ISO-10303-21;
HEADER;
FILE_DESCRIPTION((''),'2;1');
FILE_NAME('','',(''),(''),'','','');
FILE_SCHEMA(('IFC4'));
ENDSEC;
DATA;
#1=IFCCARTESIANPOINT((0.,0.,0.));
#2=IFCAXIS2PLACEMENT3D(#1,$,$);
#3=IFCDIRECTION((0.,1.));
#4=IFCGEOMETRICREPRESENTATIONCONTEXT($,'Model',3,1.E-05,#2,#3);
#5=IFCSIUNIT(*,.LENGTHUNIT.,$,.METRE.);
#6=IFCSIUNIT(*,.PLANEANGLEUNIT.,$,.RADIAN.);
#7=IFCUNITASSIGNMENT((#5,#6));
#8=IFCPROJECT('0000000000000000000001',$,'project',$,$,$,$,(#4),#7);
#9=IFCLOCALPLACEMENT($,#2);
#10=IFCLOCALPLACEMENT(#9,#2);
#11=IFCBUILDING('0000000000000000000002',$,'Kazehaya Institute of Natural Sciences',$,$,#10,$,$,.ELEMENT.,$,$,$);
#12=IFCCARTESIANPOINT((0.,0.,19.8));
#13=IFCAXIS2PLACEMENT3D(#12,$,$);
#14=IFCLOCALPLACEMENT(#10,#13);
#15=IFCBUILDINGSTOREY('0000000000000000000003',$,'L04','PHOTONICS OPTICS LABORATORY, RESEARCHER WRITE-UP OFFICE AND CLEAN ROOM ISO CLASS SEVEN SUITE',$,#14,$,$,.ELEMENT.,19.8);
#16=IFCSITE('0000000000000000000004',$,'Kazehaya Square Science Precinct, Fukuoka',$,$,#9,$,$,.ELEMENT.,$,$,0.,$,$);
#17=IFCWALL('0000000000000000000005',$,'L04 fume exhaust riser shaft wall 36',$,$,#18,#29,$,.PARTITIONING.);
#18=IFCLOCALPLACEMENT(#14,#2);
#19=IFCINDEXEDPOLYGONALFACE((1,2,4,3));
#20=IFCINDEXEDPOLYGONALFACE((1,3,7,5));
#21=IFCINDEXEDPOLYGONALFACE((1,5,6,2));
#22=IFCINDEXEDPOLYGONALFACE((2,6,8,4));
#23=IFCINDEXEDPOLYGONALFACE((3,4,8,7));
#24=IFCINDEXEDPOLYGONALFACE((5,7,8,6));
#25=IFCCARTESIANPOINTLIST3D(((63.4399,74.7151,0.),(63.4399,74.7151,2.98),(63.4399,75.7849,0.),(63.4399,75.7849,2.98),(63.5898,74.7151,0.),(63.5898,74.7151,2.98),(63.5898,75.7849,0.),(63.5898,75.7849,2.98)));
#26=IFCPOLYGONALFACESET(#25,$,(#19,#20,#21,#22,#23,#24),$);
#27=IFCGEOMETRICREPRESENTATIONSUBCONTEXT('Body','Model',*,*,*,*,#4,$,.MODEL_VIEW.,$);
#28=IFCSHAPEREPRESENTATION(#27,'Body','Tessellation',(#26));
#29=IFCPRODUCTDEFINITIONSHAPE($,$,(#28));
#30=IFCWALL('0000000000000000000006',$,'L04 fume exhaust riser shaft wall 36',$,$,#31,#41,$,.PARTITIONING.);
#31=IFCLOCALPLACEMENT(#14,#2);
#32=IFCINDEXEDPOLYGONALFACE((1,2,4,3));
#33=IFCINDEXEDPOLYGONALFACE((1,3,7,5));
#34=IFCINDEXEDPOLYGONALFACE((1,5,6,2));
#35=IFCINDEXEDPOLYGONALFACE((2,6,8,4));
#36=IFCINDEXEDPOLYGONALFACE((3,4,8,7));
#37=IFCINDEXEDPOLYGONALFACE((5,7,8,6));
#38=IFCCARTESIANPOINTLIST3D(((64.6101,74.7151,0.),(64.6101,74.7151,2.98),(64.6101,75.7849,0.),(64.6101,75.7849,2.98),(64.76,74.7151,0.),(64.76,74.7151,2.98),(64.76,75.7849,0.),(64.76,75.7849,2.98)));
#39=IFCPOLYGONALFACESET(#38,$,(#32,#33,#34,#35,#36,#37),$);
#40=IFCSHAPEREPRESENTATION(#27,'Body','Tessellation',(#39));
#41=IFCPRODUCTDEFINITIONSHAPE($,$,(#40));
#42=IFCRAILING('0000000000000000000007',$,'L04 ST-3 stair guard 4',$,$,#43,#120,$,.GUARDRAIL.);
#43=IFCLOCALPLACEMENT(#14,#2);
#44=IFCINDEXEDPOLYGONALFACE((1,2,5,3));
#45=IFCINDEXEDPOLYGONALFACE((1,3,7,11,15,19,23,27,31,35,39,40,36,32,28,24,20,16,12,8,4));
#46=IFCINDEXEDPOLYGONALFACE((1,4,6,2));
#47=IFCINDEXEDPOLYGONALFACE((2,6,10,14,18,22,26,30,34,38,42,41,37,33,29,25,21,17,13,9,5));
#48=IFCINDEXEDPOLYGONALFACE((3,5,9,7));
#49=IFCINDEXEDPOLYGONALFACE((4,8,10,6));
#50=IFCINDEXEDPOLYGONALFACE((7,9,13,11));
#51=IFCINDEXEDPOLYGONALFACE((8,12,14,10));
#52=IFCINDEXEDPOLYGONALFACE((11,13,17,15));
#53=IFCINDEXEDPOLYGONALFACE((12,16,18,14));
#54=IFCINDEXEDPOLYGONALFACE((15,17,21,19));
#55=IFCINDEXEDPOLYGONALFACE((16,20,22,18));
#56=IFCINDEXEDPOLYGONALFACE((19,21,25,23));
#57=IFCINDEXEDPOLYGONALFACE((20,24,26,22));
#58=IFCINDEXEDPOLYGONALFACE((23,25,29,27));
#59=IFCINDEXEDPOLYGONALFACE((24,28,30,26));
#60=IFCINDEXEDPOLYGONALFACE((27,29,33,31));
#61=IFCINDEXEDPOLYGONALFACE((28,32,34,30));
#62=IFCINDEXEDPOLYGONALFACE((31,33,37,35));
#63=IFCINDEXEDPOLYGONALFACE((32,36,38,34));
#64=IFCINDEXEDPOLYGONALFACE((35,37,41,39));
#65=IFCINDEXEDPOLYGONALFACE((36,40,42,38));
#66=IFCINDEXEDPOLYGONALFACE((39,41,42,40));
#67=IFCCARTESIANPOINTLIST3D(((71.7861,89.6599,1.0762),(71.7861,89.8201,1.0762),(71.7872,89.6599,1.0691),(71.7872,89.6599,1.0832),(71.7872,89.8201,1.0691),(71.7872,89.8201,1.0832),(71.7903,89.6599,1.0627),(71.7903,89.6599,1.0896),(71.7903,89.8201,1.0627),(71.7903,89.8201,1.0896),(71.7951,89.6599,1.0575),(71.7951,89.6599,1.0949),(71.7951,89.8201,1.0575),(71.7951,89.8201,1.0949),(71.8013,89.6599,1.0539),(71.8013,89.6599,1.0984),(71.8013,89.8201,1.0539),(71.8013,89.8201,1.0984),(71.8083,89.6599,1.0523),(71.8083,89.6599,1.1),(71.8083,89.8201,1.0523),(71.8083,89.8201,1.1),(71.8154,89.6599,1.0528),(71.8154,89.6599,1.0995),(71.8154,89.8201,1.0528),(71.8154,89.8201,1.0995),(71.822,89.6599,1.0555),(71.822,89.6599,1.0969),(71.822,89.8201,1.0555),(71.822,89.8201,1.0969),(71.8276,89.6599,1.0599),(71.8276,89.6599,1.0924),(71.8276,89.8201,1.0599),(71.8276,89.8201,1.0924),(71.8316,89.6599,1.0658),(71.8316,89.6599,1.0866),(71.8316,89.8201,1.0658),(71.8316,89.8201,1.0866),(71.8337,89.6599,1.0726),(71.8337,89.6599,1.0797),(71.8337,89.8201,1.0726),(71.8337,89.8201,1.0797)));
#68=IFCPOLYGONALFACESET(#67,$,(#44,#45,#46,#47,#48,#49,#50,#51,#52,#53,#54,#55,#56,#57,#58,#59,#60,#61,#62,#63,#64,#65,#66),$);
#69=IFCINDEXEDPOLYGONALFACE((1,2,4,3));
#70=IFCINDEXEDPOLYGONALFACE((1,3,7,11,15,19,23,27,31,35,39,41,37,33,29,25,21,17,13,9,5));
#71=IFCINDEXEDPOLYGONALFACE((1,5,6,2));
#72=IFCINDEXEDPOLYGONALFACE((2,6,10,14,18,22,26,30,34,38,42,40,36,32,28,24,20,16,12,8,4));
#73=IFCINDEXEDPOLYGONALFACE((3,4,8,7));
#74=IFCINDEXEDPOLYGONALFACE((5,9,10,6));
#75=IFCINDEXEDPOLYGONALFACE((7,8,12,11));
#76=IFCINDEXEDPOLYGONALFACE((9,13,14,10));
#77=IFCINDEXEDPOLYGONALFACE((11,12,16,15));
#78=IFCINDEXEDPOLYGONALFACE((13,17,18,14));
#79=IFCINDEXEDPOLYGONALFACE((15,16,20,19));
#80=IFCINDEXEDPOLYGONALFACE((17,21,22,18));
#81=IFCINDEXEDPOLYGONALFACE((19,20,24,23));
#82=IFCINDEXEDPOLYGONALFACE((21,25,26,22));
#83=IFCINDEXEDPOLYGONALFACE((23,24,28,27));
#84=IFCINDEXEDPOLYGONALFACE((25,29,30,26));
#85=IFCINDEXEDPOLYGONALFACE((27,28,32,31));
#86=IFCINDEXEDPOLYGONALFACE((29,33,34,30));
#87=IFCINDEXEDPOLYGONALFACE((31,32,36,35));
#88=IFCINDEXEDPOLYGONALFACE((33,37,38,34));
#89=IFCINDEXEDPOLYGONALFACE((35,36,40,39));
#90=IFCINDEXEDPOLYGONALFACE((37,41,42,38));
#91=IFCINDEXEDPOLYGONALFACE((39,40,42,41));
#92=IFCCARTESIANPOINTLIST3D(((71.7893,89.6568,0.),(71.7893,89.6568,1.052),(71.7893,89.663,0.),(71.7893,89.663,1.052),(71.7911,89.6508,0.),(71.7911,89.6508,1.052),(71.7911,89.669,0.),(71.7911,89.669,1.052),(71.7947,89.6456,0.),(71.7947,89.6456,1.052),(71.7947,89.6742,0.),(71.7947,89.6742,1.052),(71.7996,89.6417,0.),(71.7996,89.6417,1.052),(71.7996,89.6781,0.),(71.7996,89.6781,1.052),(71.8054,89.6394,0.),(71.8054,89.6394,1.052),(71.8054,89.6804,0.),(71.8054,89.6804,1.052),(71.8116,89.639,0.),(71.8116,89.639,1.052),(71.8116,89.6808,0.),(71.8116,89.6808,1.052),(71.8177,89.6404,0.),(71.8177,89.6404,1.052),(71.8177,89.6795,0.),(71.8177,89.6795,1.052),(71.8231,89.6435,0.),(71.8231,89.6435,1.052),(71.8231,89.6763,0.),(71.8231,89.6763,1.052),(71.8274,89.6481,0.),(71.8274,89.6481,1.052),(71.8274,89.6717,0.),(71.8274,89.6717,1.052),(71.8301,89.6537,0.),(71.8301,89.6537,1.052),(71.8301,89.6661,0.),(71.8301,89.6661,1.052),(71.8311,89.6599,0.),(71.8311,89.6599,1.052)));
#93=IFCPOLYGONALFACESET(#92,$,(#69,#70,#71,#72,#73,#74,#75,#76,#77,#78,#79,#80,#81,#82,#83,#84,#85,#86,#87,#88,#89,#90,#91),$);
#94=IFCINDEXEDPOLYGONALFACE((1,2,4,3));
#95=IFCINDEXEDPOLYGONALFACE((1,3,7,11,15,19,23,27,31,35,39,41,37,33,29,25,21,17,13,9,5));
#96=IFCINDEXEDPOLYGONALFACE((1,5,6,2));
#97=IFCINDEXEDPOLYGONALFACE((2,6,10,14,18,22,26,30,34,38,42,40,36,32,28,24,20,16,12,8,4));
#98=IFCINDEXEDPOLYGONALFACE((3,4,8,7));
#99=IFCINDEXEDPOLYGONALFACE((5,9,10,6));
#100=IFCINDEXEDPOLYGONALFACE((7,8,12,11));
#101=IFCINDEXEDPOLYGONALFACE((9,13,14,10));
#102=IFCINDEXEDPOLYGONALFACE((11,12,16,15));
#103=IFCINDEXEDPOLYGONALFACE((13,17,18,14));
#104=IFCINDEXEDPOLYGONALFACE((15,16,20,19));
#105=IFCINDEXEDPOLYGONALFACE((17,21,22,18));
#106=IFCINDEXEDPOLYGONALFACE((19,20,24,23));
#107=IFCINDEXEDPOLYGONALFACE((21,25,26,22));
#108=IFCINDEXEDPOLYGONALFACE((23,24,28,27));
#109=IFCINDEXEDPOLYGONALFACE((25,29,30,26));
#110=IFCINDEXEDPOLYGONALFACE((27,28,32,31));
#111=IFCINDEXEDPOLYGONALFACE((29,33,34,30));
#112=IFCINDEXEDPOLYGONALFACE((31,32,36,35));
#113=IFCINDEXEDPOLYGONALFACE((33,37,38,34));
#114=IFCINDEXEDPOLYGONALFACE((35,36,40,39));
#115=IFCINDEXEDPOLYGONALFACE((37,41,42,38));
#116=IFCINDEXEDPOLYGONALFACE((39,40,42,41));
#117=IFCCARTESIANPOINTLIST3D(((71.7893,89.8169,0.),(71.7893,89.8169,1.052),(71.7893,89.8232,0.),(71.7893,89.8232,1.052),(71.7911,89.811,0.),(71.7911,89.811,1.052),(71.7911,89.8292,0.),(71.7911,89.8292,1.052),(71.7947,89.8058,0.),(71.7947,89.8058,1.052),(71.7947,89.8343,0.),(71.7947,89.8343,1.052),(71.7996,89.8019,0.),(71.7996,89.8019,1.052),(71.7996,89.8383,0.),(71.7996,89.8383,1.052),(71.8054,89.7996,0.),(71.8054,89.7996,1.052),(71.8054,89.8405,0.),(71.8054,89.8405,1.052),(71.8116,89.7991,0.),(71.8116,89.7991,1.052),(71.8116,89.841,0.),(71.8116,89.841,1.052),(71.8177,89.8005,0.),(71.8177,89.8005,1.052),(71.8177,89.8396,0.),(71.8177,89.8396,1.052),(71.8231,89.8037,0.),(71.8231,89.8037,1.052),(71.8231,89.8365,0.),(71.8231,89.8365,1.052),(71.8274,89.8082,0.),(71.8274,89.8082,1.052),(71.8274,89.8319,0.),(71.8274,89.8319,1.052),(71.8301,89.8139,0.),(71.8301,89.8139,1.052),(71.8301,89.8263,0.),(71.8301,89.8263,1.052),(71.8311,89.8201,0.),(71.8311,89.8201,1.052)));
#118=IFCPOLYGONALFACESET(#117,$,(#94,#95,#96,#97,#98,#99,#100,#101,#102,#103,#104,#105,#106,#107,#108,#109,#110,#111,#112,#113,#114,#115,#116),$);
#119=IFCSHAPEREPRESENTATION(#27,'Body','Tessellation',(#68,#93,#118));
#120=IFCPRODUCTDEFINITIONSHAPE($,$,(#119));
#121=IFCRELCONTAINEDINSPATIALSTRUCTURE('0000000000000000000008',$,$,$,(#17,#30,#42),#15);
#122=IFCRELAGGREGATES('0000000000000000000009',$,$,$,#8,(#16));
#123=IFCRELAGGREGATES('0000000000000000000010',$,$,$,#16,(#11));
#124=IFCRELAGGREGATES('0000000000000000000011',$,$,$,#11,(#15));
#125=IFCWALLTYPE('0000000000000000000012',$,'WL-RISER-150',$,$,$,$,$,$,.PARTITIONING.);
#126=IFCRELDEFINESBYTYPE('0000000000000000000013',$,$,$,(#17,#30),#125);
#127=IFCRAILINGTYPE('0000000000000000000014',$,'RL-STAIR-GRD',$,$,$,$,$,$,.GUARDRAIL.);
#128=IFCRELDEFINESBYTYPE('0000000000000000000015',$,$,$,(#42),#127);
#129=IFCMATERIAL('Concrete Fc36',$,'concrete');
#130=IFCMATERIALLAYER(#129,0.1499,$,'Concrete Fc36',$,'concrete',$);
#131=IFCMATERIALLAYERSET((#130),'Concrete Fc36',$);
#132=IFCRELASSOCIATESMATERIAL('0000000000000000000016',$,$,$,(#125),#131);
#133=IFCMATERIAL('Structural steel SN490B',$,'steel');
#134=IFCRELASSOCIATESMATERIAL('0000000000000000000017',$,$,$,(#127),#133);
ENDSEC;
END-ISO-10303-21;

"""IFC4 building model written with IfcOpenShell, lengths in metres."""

from ifc_helpers import new_model, si_unit, direction, frame, frame_2d, origin, origin_2d, place, context, subcontext, project, spatial, rectangle, circle, extrude, material, layer, layer_set, type_object, element, save


model = new_model("IFC4")

# Units and contexts
model_context = context("Model", 3, precision=1e-05, world=origin(), true_north=direction((0.0, 1.0)))
body_context = subcontext(model_context, "Body", "Model", "MODEL_VIEW")
ifc_project = project(units=[si_unit("LENGTHUNIT", "METRE"), si_unit("PLANEANGLEUNIT", "RADIAN")], contexts=[model_context])

# Site, building, storey
site_placement = place(None, origin())
site = spatial("IfcSite", under=ifc_project, at=site_placement, Name="Kazehaya Square Science Precinct, Fukuoka", CompositionType="ELEMENT", RefElevation=0.0)
building_placement = place(site_placement, origin())
building = spatial("IfcBuilding", under=site, at=building_placement, Name="Kazehaya Institute of Natural Sciences", CompositionType="ELEMENT")
storey_placement = place(building_placement, frame((0.0, 0.0, 19.8)))
storey = spatial("IfcBuildingStorey", under=building, at=storey_placement, Name="L04", Description="PHOTONICS OPTICS LABORATORY, RESEARCHER WRITE-UP OFFICE AND CLEAN ROOM ISO CLASS SEVEN SUITE", CompositionType="ELEMENT", Elevation=19.8)

# Shared definitions
ifc_material_1 = material(Name="Concrete Fc36", Category="concrete")

# Walls
ifc_layer_1 = layer(ifc_material_1, 0.1499, Name="Concrete Fc36", Category="concrete")
ifc_layer_set_1 = layer_set([ifc_layer_1], Name="Concrete Fc36")
wall_type_1 = type_object("IfcWallType", Name="WL-RISER-150", PredefinedType="PARTITIONING", material=ifc_layer_set_1)
for number, where, z_axis, x_axis, name in (
    (1, (63.5149, 74.7151, 0.0), (0.0, 0.0, 1.0), (0.0, 1.0, 0.0), "L04 fume exhaust riser shaft wall 36"),
    (2, (64.6851, 75.7849, 0.0), (0.0, 0.0, 1.0), (0.0, -1.0, 0.0), "L04 fume exhaust riser shaft wall 36"),
):
    element("IfcWall", number, at=place(storey_placement, frame(where, z_axis=z_axis, x_axis=x_axis)), inside=storey, type_object=wall_type_1, Name=name, PredefinedType="PARTITIONING", context=body_context, shape_type="SweptSolid", body=[
        extrude(rectangle(XDim=1.0698, YDim=0.1499, at=frame_2d((0.5349, 0.0))), origin(), (0.0, 0.0, 1.0), 2.98),
    ])

# Railing
ifc_material_2 = material(Name="Structural steel SN490B", Category="steel")
railing_type = type_object("IfcRailingType", Name="RL-STAIR-GRD", PredefinedType="GUARDRAIL", material=ifc_material_2)
railing_placement = place(storey_placement, frame((71.8101, 89.6599, 0.0)))
element("IfcRailing", 3, at=railing_placement, inside=storey, type_object=railing_type, Name="L04 ST-3 stair guard 4", PredefinedType="GUARDRAIL", context=body_context, shape_type="SweptSolid", body=[
    extrude(circle(Radius=0.0239, at=origin_2d()), frame((0.0, 0.0, 1.0762), z_axis=(0.0, 1.0, 0.0), x_axis=(-1.0, 0.0, 0.0)), (0.0, 0.0, 1.0), 0.1602),
    extrude(circle(Radius=0.021, at=origin_2d()), origin(), (0.0, 0.0, 1.0), 1.052),
    extrude(circle(Radius=0.021, at=origin_2d()), frame((0.0, 0.1602, 0.0)), (0.0, 0.0, 1.0), 1.052),
])

save(model, "model.ifc")
